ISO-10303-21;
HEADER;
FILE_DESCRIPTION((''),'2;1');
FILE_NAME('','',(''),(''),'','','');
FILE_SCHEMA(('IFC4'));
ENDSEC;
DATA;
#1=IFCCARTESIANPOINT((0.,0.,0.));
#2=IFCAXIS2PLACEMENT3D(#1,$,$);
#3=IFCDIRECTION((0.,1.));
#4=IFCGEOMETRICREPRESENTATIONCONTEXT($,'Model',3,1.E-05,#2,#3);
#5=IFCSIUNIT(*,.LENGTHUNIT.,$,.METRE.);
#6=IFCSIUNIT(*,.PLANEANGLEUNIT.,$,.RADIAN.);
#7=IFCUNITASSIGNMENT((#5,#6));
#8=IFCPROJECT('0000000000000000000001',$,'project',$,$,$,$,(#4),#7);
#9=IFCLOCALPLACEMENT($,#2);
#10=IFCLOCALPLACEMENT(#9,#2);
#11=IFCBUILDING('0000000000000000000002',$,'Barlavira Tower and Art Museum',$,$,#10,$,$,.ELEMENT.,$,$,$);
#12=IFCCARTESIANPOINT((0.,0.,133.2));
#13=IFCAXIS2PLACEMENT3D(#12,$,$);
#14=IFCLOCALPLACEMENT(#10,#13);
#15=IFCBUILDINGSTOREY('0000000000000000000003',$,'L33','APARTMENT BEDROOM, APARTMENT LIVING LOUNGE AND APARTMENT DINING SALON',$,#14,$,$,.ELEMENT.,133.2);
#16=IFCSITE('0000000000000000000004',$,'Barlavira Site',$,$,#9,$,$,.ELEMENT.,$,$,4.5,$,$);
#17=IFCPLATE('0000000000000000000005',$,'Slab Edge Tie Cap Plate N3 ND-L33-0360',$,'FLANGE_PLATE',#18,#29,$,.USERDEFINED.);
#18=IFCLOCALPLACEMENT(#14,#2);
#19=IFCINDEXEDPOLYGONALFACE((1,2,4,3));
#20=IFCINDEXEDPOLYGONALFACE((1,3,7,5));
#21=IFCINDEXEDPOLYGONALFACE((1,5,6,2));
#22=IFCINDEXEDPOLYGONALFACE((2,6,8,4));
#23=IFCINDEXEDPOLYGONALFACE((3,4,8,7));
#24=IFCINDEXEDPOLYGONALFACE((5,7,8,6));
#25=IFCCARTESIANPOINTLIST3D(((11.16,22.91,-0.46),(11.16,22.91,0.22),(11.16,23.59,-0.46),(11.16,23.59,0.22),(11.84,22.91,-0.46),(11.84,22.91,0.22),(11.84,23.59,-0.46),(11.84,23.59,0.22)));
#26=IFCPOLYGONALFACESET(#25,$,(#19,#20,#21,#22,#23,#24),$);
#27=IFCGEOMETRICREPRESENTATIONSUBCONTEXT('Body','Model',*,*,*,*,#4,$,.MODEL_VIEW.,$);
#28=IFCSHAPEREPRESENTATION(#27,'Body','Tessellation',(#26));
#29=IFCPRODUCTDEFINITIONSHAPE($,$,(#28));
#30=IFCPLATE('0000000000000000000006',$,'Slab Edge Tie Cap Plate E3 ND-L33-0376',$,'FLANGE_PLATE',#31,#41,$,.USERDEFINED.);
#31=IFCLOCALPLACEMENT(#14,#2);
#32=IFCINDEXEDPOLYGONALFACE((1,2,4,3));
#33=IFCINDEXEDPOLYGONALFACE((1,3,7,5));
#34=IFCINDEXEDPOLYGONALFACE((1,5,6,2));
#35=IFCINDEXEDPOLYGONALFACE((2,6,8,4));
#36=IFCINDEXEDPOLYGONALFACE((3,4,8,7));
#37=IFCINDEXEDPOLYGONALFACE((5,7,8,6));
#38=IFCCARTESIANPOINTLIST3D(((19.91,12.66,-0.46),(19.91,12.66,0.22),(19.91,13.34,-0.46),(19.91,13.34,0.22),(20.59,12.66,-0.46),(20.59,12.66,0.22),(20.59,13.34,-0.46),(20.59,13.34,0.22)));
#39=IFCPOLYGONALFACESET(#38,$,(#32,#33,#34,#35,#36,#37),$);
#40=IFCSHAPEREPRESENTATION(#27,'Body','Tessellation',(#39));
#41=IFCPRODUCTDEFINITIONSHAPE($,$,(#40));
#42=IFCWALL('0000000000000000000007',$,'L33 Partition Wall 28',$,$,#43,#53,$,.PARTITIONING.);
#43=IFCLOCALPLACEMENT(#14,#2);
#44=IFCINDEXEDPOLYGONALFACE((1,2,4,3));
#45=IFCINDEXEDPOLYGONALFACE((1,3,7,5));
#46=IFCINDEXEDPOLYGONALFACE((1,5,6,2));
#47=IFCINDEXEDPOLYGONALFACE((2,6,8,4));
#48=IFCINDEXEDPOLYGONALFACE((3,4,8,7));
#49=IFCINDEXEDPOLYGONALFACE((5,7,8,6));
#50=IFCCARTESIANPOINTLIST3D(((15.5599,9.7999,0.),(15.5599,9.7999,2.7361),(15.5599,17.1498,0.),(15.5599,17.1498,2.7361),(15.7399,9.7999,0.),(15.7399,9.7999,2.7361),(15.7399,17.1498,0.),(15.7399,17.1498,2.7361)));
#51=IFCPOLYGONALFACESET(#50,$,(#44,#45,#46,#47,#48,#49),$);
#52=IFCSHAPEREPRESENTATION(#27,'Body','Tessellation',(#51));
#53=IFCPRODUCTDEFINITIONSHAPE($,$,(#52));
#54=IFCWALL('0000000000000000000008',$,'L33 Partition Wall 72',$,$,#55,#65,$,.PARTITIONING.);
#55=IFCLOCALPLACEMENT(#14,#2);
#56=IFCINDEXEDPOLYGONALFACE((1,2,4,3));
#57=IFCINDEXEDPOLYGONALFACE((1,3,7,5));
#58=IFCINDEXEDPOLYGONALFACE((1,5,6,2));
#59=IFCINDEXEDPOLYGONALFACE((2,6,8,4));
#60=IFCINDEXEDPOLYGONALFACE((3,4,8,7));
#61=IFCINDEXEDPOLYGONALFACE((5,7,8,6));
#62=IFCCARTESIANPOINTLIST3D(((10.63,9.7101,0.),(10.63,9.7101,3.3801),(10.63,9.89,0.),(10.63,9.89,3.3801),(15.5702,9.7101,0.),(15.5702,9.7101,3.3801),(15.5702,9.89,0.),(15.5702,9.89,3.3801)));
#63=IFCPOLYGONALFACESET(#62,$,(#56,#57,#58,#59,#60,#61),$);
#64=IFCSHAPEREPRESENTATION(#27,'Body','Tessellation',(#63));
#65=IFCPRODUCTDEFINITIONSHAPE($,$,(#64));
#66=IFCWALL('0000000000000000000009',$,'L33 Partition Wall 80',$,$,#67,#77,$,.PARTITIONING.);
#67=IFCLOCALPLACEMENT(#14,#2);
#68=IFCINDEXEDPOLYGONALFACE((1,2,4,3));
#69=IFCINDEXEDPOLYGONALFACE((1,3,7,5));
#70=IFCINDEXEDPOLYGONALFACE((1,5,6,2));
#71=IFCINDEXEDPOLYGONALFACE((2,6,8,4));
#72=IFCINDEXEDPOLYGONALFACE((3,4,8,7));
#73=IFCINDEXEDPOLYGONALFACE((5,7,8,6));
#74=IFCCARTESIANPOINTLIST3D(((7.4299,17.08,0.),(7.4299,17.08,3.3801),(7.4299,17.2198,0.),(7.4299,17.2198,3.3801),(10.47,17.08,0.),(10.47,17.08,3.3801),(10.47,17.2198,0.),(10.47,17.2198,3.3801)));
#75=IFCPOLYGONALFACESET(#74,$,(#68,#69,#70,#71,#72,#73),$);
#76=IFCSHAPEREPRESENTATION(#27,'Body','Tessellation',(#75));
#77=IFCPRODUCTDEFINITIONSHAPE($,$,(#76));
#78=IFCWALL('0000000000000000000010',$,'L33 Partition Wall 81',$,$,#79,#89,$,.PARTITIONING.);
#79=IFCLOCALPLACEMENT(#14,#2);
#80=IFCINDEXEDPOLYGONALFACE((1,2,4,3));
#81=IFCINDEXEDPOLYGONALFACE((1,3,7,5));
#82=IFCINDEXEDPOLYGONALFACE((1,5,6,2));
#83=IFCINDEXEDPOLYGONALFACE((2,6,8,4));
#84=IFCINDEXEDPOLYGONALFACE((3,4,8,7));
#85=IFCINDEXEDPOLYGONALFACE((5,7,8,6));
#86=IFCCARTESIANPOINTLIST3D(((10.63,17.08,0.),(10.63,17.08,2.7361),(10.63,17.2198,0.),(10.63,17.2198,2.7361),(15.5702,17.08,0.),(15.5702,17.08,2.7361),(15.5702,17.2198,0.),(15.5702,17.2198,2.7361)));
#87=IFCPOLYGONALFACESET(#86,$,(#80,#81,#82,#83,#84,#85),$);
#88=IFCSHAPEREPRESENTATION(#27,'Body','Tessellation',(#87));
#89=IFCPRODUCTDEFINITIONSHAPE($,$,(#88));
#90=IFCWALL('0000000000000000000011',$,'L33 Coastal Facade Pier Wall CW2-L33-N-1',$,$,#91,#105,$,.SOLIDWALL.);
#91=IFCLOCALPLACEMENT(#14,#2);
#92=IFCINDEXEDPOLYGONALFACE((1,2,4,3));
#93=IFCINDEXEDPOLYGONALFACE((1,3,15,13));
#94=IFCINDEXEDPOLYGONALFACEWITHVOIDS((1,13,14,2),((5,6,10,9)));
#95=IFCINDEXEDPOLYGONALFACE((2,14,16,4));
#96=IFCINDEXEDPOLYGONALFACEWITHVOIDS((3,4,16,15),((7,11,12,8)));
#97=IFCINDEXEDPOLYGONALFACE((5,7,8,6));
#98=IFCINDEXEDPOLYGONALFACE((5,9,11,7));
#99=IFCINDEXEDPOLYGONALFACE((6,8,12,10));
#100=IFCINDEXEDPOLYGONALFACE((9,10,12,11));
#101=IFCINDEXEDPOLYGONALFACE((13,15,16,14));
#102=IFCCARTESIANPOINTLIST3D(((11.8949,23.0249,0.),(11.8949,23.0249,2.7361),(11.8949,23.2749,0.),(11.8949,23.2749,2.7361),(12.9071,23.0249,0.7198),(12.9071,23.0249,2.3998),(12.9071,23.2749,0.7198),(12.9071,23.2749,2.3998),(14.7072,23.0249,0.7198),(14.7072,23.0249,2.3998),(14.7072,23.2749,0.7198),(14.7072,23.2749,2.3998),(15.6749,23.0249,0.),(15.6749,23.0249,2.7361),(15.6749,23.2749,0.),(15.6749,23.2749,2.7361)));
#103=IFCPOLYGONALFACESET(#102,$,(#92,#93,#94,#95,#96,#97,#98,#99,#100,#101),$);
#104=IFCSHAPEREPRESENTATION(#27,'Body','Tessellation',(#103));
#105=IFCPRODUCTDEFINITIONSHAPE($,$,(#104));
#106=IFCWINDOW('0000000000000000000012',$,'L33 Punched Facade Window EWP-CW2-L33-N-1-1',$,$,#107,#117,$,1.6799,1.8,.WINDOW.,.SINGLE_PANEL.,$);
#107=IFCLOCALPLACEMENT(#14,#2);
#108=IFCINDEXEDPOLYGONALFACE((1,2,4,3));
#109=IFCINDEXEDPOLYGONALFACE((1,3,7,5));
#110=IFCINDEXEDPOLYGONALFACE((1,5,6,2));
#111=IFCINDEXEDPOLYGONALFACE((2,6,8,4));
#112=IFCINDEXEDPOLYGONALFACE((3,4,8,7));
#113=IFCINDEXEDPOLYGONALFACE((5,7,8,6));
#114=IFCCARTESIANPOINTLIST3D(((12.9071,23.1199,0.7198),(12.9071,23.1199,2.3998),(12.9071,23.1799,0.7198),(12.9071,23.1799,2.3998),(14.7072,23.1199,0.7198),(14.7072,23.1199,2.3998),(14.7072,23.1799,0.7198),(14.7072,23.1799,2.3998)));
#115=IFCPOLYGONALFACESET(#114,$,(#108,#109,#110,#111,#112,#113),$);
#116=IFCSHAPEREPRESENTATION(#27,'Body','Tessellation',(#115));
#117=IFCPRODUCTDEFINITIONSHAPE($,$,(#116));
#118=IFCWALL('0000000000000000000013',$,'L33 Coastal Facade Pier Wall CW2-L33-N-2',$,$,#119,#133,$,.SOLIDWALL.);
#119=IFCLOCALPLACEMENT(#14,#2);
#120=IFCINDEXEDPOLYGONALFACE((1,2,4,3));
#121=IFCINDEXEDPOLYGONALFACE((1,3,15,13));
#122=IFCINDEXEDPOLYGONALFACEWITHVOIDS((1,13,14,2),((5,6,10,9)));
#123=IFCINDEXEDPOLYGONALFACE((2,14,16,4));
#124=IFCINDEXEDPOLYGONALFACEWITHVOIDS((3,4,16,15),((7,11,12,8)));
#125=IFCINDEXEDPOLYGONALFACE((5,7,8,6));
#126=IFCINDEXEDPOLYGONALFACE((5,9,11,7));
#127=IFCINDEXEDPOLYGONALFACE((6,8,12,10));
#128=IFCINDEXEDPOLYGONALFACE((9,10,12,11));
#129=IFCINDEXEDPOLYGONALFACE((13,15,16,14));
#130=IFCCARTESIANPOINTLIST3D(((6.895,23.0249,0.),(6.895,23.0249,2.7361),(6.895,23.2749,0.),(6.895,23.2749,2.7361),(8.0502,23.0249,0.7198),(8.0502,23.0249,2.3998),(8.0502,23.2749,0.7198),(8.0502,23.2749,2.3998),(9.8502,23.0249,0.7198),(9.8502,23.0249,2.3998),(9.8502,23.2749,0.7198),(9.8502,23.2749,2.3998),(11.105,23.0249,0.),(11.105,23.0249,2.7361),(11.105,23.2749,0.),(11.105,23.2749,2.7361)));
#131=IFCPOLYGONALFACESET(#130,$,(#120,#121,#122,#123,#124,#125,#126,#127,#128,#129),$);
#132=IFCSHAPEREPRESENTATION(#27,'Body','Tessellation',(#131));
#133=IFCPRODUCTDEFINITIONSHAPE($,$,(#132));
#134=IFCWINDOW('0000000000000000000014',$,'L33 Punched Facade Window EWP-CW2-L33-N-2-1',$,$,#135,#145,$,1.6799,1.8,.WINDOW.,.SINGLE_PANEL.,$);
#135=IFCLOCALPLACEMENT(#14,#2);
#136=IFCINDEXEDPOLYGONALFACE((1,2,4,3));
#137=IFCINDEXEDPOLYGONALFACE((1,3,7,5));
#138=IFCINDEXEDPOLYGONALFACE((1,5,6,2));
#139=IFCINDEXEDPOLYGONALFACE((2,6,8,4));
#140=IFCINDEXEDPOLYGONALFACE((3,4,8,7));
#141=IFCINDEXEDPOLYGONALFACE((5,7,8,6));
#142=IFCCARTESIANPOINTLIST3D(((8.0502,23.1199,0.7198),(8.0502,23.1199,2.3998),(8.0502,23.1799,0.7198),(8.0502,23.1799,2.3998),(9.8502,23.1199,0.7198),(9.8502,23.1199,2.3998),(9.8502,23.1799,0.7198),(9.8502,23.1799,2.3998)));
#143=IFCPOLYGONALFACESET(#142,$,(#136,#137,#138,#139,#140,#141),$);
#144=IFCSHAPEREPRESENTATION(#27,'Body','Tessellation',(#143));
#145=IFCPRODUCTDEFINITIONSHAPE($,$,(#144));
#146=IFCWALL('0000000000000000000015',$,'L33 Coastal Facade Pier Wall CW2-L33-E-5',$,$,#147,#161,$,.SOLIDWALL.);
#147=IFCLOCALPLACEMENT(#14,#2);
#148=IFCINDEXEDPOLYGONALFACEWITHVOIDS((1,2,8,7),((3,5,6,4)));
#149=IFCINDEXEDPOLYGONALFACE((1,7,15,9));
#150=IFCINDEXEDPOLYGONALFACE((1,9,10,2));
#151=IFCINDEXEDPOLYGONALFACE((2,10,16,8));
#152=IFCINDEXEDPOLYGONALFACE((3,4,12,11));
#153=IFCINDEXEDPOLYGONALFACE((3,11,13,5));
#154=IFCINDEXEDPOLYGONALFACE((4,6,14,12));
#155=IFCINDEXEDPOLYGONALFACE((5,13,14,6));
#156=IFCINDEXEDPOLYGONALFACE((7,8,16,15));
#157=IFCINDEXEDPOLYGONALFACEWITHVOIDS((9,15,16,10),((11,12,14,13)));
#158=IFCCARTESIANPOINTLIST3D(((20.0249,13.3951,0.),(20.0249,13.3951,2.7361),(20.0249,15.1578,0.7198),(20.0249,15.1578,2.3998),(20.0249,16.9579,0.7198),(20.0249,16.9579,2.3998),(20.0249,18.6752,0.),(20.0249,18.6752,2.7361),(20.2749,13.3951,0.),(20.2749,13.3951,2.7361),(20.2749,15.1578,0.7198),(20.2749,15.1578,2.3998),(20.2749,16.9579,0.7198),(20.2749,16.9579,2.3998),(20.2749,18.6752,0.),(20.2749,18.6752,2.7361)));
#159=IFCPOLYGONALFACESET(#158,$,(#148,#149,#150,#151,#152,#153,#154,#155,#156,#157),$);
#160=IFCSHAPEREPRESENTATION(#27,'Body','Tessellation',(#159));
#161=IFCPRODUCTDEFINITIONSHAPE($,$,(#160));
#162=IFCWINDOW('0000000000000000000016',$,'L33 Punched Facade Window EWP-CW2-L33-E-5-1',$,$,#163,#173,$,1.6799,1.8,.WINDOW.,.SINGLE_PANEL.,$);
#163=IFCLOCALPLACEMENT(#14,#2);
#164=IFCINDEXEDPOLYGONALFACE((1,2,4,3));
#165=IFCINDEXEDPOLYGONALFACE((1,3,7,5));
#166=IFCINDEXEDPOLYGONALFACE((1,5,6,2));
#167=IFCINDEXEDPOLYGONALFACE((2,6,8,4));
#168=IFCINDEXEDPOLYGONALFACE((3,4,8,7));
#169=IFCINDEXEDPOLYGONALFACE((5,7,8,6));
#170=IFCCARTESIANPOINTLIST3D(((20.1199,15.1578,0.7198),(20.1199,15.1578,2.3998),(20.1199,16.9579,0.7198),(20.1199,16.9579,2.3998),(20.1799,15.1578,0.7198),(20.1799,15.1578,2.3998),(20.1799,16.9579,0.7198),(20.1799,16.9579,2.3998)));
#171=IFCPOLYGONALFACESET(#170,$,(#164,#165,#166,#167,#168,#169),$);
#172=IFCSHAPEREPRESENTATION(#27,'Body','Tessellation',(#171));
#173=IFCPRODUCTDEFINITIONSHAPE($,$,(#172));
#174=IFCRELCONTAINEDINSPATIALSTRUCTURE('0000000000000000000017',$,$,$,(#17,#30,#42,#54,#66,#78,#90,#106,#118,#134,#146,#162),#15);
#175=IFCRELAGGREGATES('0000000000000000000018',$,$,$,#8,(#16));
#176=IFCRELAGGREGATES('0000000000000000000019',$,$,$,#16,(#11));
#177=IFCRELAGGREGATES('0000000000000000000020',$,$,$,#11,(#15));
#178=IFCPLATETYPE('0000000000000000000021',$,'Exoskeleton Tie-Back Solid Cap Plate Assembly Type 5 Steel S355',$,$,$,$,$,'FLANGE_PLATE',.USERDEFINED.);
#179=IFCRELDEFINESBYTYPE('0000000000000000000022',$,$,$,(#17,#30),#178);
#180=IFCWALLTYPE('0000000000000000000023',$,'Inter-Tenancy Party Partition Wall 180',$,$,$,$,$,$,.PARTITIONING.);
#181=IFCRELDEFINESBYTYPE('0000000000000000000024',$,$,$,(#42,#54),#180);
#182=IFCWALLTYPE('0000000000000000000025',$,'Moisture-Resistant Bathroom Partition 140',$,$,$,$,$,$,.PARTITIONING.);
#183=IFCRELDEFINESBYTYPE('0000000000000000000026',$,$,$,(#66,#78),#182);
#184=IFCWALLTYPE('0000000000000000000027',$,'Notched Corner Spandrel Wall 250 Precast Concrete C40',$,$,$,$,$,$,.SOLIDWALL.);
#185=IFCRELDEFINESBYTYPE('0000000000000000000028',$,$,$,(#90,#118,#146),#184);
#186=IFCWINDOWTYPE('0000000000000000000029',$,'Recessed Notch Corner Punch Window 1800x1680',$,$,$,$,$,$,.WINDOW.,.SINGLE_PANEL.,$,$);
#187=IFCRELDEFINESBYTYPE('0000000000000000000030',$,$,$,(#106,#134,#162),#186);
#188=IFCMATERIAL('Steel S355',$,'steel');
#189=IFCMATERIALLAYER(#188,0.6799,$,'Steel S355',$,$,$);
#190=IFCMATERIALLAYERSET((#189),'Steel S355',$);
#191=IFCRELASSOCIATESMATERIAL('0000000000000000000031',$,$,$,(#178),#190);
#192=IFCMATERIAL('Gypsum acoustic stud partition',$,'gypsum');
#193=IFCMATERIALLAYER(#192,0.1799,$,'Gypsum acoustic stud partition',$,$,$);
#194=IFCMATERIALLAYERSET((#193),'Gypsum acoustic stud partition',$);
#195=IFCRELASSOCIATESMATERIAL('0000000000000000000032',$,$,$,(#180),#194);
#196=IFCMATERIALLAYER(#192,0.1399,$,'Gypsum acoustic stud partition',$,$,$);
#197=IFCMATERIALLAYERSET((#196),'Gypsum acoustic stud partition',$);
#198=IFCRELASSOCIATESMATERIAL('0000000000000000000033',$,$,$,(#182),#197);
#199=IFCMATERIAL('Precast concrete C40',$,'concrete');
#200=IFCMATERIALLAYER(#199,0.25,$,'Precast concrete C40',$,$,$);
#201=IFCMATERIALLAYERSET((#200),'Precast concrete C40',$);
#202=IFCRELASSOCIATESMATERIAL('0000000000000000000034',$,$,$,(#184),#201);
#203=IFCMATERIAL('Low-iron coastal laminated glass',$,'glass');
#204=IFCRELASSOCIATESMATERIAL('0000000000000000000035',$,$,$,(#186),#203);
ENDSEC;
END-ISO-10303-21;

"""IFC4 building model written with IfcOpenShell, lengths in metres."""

from ifc_helpers import new_model, si_unit, direction, frame, frame_2d, origin, origin_2d, place, context, subcontext, project, spatial, rectangle, extrude, material, layer, layer_set, type_object, element, fill, save


model = new_model("IFC4")

# Units and contexts
model_context = context("Model", 3, precision=1e-05, world=origin(), true_north=direction((0.0, 1.0)))
body_context = subcontext(model_context, "Body", "Model", "MODEL_VIEW")
ifc_project = project(units=[si_unit("LENGTHUNIT", "METRE"), si_unit("PLANEANGLEUNIT", "RADIAN")], contexts=[model_context])

# Site, building, storey
site_placement = place(None, origin())
site = spatial("IfcSite", under=ifc_project, at=site_placement, Name="Barlavira Site", CompositionType="ELEMENT", RefElevation=4.5)
building_placement = place(site_placement, origin())
building = spatial("IfcBuilding", under=site, at=building_placement, Name="Barlavira Tower and Art Museum", CompositionType="ELEMENT")
storey_placement = place(building_placement, frame((0.0, 0.0, 133.2)))
storey = spatial("IfcBuildingStorey", under=building, at=storey_placement, Name="L33", Description="APARTMENT BEDROOM, APARTMENT LIVING LOUNGE AND APARTMENT DINING SALON", CompositionType="ELEMENT", Elevation=133.2)

# Shared definitions
ifc_material_1 = material(Name="Steel S355", Category="steel")

# Plates
ifc_layer_1 = layer(ifc_material_1, 0.6799, Name="Steel S355")
ifc_layer_set_1 = layer_set([ifc_layer_1], Name="Steel S355")
plate_type = type_object("IfcPlateType", Name="Exoskeleton Tie-Back Solid Cap Plate Assembly Type 5 Steel S355", ElementType="FLANGE_PLATE", PredefinedType="USERDEFINED", material=ifc_layer_set_1)
for number, where, z_axis, x_axis, name in (
    (1, (11.5, 23.25, -0.46), (0.0, 0.0, 1.0), (1.0, 0.0, 0.0), "Slab Edge Tie Cap Plate N3 ND-L33-0360"),
    (2, (20.25, 13.0, -0.46), (0.0, 0.0, 1.0), (1.0, 0.0, 0.0), "Slab Edge Tie Cap Plate E3 ND-L33-0376"),
):
    element("IfcPlate", number, at=place(storey_placement, frame(where, z_axis=z_axis, x_axis=x_axis)), inside=storey, type_object=plate_type, Name=name, ObjectType="FLANGE_PLATE", PredefinedType="USERDEFINED", context=body_context, shape_type="SweptSolid", body=[
        extrude(rectangle(XDim=0.6799, YDim=0.6799, at=origin_2d()), origin(), (0.0, 0.0, 1.0), 0.6799),
    ])

# Walls
ifc_material_2 = material(Name="Gypsum acoustic stud partition", Category="gypsum")
ifc_layer_2 = layer(ifc_material_2, 0.1799, Name="Gypsum acoustic stud partition")
ifc_layer_set_2 = layer_set([ifc_layer_2], Name="Gypsum acoustic stud partition")
wall_type_1 = type_object("IfcWallType", Name="Inter-Tenancy Party Partition Wall 180", PredefinedType="PARTITIONING", material=ifc_layer_set_2)
wall_1_placement = place(storey_placement, frame((15.6499, 9.8, 0.0), z_axis=(0.0, 0.0, 1.0), x_axis=(0.0, 1.0, 0.0)))
element("IfcWall", 3, at=wall_1_placement, inside=storey, type_object=wall_type_1, Name="L33 Partition Wall 28", PredefinedType="PARTITIONING", context=body_context, shape_type="SweptSolid", body=[
    extrude(rectangle(XDim=7.3499, YDim=0.1799, at=frame_2d((3.6748, 0.0))), origin(), (0.0, 0.0, 1.0), 2.7361),
])
wall_2_placement = place(storey_placement, frame((10.6299, 9.8, 0.0), z_axis=(0.0, 0.0, 1.0), x_axis=(1.0, 0.0, 0.0)))
element("IfcWall", 4, at=wall_2_placement, inside=storey, type_object=wall_type_1, Name="L33 Partition Wall 72", PredefinedType="PARTITIONING", context=body_context, shape_type="SweptSolid", body=[
    extrude(rectangle(XDim=4.9402, YDim=0.1799, at=frame_2d((2.4702, 0.0))), origin(), (0.0, 0.0, 1.0), 3.3801),
])
ifc_layer_3 = layer(ifc_material_2, 0.1399, Name="Gypsum acoustic stud partition")
ifc_layer_set_3 = layer_set([ifc_layer_3], Name="Gypsum acoustic stud partition")
wall_type_2 = type_object("IfcWallType", Name="Moisture-Resistant Bathroom Partition 140", PredefinedType="PARTITIONING", material=ifc_layer_set_3)
wall_3_placement = place(storey_placement, frame((7.4299, 17.1499, 0.0), z_axis=(0.0, 0.0, 1.0), x_axis=(1.0, 0.0, 0.0)))
element("IfcWall", 5, at=wall_3_placement, inside=storey, type_object=wall_type_2, Name="L33 Partition Wall 80", PredefinedType="PARTITIONING", context=body_context, shape_type="SweptSolid", body=[
    extrude(rectangle(XDim=3.04, YDim=0.1399, at=frame_2d((1.52, 0.0))), origin(), (0.0, 0.0, 1.0), 3.3801),
])
wall_4_placement = place(storey_placement, frame((10.6299, 17.1499, 0.0), z_axis=(0.0, 0.0, 1.0), x_axis=(1.0, 0.0, 0.0)))
element("IfcWall", 6, at=wall_4_placement, inside=storey, type_object=wall_type_2, Name="L33 Partition Wall 81", PredefinedType="PARTITIONING", context=body_context, shape_type="SweptSolid", body=[
    extrude(rectangle(XDim=4.9402, YDim=0.1399, at=frame_2d((2.4702, 0.0))), origin(), (0.0, 0.0, 1.0), 2.7361),
])

# Walls, openings, windows
ifc_material_3 = material(Name="Precast concrete C40", Category="concrete")
ifc_layer_4 = layer(ifc_material_3, 0.25, Name="Precast concrete C40")
ifc_layer_set_4 = layer_set([ifc_layer_4], Name="Precast concrete C40")
wall_type_3 = type_object("IfcWallType", Name="Notched Corner Spandrel Wall 250 Precast Concrete C40", PredefinedType="SOLIDWALL", material=ifc_layer_set_4)
wall_5_placement = place(storey_placement, frame((15.675, 23.1499, 0.0), z_axis=(0.0, 0.0, 1.0), x_axis=(-1.0, 0.0, 0.0)))
wall_5 = element("IfcWall", 7, at=wall_5_placement, inside=storey, type_object=wall_type_3, Name="L33 Coastal Facade Pier Wall CW2-L33-N-1", PredefinedType="SOLIDWALL", context=body_context, shape_type="SweptSolid", body=[
    extrude(rectangle(XDim=3.78, YDim=0.25, at=frame_2d((1.8901, 0.0))), origin(), (0.0, 0.0, 1.0), 2.7361),
])
opening_1_placement = place(wall_5_placement, frame((0.968, 0.0, 0.72)))
opening_1 = element("IfcOpeningElement", 8, at=opening_1_placement, cuts=wall_5, PredefinedType="OPENING", context=body_context, shape_type="SweptSolid", body=[
    extrude(rectangle(XDim=1.8, YDim=1.6799, at=frame_2d((0.8999, 0.8398))), frame((0.0, 0.135, 0.0), z_axis=(0.0, -1.0, 0.0), x_axis=(1.0, 0.0, 0.0)), (0.0, 0.0, 1.0), 0.27),
])
ifc_material_4 = material(Name="Low-iron coastal laminated glass", Category="glass")
window_type = type_object("IfcWindowType", Name="Recessed Notch Corner Punch Window 1800x1680", PartitioningType="SINGLE_PANEL", PredefinedType="WINDOW", material=ifc_material_4)
window_1_placement = place(opening_1_placement, origin())
window_1 = element("IfcWindow", 9, at=window_1_placement, inside=storey, type_object=window_type, Name="L33 Punched Facade Window EWP-CW2-L33-N-1-1", OverallHeight=1.6799, OverallWidth=1.8, PartitioningType="SINGLE_PANEL", PredefinedType="WINDOW", context=body_context, shape_type="SweptSolid", body=[
    extrude(rectangle(XDim=1.8, YDim=1.6799, at=frame_2d((0.8999, 0.8398))), frame((0.0, 0.03, 0.0), z_axis=(0.0, -1.0, 0.0), x_axis=(1.0, 0.0, 0.0)), (0.0, 0.0, 1.0), 0.0601),
])
fill(opening_1, window_1)
wall_6_placement = place(storey_placement, frame((11.105, 23.1499, 0.0), z_axis=(0.0, 0.0, 1.0), x_axis=(-1.0, 0.0, 0.0)))
wall_6 = element("IfcWall", 10, at=wall_6_placement, inside=storey, type_object=wall_type_3, Name="L33 Coastal Facade Pier Wall CW2-L33-N-2", PredefinedType="SOLIDWALL", context=body_context, shape_type="SweptSolid", body=[
    extrude(rectangle(XDim=4.21, YDim=0.25, at=frame_2d((2.105, 0.0))), origin(), (0.0, 0.0, 1.0), 2.7361),
])
opening_2_placement = place(wall_6_placement, frame((1.2549, 0.0, 0.72)))
opening_2 = element("IfcOpeningElement", 11, at=opening_2_placement, cuts=wall_6, PredefinedType="OPENING", context=body_context, shape_type="SweptSolid", body=[
    extrude(rectangle(XDim=1.8, YDim=1.6799, at=frame_2d((0.8999, 0.8398))), frame((0.0, 0.135, 0.0), z_axis=(0.0, -1.0, 0.0), x_axis=(1.0, 0.0, 0.0)), (0.0, 0.0, 1.0), 0.27),
])
window_2_placement = place(opening_2_placement, origin())
window_2 = element("IfcWindow", 12, at=window_2_placement, inside=storey, type_object=window_type, Name="L33 Punched Facade Window EWP-CW2-L33-N-2-1", OverallHeight=1.6799, OverallWidth=1.8, PartitioningType="SINGLE_PANEL", PredefinedType="WINDOW", context=body_context, shape_type="SweptSolid", body=[
    extrude(rectangle(XDim=1.8, YDim=1.6799, at=frame_2d((0.8999, 0.8398))), frame((0.0, 0.03, 0.0), z_axis=(0.0, -1.0, 0.0), x_axis=(1.0, 0.0, 0.0)), (0.0, 0.0, 1.0), 0.0601),
])
fill(opening_2, window_2)
wall_7_placement = place(storey_placement, frame((20.1499, 13.395, 0.0), z_axis=(0.0, 0.0, 1.0), x_axis=(0.0, 1.0, 0.0)))
wall_7 = element("IfcWall", 13, at=wall_7_placement, inside=storey, type_object=wall_type_3, Name="L33 Coastal Facade Pier Wall CW2-L33-E-5", PredefinedType="SOLIDWALL", context=body_context, shape_type="SweptSolid", body=[
    extrude(rectangle(XDim=5.28, YDim=0.25, at=frame_2d((2.6401, 0.0))), origin(), (0.0, 0.0, 1.0), 2.7361),
])
opening_3_placement = place(wall_7_placement, frame((1.7629, 0.0, 0.72)))
opening_3 = element("IfcOpeningElement", 14, at=opening_3_placement, cuts=wall_7, PredefinedType="OPENING", context=body_context, shape_type="SweptSolid", body=[
    extrude(rectangle(XDim=1.8, YDim=1.6799, at=frame_2d((0.8999, 0.8398))), frame((0.0, 0.135, 0.0), z_axis=(0.0, -1.0, 0.0), x_axis=(1.0, 0.0, 0.0)), (0.0, 0.0, 1.0), 0.27),
])
window_3_placement = place(opening_3_placement, origin())
window_3 = element("IfcWindow", 15, at=window_3_placement, inside=storey, type_object=window_type, Name="L33 Punched Facade Window EWP-CW2-L33-E-5-1", OverallHeight=1.6799, OverallWidth=1.8, PartitioningType="SINGLE_PANEL", PredefinedType="WINDOW", context=body_context, shape_type="SweptSolid", body=[
    extrude(rectangle(XDim=1.8, YDim=1.6799, at=frame_2d((0.8999, 0.8398))), frame((0.0, 0.03, 0.0), z_axis=(0.0, -1.0, 0.0), x_axis=(1.0, 0.0, 0.0)), (0.0, 0.0, 1.0), 0.0601),
])
fill(opening_3, window_3)

save(model, "model.ifc")
